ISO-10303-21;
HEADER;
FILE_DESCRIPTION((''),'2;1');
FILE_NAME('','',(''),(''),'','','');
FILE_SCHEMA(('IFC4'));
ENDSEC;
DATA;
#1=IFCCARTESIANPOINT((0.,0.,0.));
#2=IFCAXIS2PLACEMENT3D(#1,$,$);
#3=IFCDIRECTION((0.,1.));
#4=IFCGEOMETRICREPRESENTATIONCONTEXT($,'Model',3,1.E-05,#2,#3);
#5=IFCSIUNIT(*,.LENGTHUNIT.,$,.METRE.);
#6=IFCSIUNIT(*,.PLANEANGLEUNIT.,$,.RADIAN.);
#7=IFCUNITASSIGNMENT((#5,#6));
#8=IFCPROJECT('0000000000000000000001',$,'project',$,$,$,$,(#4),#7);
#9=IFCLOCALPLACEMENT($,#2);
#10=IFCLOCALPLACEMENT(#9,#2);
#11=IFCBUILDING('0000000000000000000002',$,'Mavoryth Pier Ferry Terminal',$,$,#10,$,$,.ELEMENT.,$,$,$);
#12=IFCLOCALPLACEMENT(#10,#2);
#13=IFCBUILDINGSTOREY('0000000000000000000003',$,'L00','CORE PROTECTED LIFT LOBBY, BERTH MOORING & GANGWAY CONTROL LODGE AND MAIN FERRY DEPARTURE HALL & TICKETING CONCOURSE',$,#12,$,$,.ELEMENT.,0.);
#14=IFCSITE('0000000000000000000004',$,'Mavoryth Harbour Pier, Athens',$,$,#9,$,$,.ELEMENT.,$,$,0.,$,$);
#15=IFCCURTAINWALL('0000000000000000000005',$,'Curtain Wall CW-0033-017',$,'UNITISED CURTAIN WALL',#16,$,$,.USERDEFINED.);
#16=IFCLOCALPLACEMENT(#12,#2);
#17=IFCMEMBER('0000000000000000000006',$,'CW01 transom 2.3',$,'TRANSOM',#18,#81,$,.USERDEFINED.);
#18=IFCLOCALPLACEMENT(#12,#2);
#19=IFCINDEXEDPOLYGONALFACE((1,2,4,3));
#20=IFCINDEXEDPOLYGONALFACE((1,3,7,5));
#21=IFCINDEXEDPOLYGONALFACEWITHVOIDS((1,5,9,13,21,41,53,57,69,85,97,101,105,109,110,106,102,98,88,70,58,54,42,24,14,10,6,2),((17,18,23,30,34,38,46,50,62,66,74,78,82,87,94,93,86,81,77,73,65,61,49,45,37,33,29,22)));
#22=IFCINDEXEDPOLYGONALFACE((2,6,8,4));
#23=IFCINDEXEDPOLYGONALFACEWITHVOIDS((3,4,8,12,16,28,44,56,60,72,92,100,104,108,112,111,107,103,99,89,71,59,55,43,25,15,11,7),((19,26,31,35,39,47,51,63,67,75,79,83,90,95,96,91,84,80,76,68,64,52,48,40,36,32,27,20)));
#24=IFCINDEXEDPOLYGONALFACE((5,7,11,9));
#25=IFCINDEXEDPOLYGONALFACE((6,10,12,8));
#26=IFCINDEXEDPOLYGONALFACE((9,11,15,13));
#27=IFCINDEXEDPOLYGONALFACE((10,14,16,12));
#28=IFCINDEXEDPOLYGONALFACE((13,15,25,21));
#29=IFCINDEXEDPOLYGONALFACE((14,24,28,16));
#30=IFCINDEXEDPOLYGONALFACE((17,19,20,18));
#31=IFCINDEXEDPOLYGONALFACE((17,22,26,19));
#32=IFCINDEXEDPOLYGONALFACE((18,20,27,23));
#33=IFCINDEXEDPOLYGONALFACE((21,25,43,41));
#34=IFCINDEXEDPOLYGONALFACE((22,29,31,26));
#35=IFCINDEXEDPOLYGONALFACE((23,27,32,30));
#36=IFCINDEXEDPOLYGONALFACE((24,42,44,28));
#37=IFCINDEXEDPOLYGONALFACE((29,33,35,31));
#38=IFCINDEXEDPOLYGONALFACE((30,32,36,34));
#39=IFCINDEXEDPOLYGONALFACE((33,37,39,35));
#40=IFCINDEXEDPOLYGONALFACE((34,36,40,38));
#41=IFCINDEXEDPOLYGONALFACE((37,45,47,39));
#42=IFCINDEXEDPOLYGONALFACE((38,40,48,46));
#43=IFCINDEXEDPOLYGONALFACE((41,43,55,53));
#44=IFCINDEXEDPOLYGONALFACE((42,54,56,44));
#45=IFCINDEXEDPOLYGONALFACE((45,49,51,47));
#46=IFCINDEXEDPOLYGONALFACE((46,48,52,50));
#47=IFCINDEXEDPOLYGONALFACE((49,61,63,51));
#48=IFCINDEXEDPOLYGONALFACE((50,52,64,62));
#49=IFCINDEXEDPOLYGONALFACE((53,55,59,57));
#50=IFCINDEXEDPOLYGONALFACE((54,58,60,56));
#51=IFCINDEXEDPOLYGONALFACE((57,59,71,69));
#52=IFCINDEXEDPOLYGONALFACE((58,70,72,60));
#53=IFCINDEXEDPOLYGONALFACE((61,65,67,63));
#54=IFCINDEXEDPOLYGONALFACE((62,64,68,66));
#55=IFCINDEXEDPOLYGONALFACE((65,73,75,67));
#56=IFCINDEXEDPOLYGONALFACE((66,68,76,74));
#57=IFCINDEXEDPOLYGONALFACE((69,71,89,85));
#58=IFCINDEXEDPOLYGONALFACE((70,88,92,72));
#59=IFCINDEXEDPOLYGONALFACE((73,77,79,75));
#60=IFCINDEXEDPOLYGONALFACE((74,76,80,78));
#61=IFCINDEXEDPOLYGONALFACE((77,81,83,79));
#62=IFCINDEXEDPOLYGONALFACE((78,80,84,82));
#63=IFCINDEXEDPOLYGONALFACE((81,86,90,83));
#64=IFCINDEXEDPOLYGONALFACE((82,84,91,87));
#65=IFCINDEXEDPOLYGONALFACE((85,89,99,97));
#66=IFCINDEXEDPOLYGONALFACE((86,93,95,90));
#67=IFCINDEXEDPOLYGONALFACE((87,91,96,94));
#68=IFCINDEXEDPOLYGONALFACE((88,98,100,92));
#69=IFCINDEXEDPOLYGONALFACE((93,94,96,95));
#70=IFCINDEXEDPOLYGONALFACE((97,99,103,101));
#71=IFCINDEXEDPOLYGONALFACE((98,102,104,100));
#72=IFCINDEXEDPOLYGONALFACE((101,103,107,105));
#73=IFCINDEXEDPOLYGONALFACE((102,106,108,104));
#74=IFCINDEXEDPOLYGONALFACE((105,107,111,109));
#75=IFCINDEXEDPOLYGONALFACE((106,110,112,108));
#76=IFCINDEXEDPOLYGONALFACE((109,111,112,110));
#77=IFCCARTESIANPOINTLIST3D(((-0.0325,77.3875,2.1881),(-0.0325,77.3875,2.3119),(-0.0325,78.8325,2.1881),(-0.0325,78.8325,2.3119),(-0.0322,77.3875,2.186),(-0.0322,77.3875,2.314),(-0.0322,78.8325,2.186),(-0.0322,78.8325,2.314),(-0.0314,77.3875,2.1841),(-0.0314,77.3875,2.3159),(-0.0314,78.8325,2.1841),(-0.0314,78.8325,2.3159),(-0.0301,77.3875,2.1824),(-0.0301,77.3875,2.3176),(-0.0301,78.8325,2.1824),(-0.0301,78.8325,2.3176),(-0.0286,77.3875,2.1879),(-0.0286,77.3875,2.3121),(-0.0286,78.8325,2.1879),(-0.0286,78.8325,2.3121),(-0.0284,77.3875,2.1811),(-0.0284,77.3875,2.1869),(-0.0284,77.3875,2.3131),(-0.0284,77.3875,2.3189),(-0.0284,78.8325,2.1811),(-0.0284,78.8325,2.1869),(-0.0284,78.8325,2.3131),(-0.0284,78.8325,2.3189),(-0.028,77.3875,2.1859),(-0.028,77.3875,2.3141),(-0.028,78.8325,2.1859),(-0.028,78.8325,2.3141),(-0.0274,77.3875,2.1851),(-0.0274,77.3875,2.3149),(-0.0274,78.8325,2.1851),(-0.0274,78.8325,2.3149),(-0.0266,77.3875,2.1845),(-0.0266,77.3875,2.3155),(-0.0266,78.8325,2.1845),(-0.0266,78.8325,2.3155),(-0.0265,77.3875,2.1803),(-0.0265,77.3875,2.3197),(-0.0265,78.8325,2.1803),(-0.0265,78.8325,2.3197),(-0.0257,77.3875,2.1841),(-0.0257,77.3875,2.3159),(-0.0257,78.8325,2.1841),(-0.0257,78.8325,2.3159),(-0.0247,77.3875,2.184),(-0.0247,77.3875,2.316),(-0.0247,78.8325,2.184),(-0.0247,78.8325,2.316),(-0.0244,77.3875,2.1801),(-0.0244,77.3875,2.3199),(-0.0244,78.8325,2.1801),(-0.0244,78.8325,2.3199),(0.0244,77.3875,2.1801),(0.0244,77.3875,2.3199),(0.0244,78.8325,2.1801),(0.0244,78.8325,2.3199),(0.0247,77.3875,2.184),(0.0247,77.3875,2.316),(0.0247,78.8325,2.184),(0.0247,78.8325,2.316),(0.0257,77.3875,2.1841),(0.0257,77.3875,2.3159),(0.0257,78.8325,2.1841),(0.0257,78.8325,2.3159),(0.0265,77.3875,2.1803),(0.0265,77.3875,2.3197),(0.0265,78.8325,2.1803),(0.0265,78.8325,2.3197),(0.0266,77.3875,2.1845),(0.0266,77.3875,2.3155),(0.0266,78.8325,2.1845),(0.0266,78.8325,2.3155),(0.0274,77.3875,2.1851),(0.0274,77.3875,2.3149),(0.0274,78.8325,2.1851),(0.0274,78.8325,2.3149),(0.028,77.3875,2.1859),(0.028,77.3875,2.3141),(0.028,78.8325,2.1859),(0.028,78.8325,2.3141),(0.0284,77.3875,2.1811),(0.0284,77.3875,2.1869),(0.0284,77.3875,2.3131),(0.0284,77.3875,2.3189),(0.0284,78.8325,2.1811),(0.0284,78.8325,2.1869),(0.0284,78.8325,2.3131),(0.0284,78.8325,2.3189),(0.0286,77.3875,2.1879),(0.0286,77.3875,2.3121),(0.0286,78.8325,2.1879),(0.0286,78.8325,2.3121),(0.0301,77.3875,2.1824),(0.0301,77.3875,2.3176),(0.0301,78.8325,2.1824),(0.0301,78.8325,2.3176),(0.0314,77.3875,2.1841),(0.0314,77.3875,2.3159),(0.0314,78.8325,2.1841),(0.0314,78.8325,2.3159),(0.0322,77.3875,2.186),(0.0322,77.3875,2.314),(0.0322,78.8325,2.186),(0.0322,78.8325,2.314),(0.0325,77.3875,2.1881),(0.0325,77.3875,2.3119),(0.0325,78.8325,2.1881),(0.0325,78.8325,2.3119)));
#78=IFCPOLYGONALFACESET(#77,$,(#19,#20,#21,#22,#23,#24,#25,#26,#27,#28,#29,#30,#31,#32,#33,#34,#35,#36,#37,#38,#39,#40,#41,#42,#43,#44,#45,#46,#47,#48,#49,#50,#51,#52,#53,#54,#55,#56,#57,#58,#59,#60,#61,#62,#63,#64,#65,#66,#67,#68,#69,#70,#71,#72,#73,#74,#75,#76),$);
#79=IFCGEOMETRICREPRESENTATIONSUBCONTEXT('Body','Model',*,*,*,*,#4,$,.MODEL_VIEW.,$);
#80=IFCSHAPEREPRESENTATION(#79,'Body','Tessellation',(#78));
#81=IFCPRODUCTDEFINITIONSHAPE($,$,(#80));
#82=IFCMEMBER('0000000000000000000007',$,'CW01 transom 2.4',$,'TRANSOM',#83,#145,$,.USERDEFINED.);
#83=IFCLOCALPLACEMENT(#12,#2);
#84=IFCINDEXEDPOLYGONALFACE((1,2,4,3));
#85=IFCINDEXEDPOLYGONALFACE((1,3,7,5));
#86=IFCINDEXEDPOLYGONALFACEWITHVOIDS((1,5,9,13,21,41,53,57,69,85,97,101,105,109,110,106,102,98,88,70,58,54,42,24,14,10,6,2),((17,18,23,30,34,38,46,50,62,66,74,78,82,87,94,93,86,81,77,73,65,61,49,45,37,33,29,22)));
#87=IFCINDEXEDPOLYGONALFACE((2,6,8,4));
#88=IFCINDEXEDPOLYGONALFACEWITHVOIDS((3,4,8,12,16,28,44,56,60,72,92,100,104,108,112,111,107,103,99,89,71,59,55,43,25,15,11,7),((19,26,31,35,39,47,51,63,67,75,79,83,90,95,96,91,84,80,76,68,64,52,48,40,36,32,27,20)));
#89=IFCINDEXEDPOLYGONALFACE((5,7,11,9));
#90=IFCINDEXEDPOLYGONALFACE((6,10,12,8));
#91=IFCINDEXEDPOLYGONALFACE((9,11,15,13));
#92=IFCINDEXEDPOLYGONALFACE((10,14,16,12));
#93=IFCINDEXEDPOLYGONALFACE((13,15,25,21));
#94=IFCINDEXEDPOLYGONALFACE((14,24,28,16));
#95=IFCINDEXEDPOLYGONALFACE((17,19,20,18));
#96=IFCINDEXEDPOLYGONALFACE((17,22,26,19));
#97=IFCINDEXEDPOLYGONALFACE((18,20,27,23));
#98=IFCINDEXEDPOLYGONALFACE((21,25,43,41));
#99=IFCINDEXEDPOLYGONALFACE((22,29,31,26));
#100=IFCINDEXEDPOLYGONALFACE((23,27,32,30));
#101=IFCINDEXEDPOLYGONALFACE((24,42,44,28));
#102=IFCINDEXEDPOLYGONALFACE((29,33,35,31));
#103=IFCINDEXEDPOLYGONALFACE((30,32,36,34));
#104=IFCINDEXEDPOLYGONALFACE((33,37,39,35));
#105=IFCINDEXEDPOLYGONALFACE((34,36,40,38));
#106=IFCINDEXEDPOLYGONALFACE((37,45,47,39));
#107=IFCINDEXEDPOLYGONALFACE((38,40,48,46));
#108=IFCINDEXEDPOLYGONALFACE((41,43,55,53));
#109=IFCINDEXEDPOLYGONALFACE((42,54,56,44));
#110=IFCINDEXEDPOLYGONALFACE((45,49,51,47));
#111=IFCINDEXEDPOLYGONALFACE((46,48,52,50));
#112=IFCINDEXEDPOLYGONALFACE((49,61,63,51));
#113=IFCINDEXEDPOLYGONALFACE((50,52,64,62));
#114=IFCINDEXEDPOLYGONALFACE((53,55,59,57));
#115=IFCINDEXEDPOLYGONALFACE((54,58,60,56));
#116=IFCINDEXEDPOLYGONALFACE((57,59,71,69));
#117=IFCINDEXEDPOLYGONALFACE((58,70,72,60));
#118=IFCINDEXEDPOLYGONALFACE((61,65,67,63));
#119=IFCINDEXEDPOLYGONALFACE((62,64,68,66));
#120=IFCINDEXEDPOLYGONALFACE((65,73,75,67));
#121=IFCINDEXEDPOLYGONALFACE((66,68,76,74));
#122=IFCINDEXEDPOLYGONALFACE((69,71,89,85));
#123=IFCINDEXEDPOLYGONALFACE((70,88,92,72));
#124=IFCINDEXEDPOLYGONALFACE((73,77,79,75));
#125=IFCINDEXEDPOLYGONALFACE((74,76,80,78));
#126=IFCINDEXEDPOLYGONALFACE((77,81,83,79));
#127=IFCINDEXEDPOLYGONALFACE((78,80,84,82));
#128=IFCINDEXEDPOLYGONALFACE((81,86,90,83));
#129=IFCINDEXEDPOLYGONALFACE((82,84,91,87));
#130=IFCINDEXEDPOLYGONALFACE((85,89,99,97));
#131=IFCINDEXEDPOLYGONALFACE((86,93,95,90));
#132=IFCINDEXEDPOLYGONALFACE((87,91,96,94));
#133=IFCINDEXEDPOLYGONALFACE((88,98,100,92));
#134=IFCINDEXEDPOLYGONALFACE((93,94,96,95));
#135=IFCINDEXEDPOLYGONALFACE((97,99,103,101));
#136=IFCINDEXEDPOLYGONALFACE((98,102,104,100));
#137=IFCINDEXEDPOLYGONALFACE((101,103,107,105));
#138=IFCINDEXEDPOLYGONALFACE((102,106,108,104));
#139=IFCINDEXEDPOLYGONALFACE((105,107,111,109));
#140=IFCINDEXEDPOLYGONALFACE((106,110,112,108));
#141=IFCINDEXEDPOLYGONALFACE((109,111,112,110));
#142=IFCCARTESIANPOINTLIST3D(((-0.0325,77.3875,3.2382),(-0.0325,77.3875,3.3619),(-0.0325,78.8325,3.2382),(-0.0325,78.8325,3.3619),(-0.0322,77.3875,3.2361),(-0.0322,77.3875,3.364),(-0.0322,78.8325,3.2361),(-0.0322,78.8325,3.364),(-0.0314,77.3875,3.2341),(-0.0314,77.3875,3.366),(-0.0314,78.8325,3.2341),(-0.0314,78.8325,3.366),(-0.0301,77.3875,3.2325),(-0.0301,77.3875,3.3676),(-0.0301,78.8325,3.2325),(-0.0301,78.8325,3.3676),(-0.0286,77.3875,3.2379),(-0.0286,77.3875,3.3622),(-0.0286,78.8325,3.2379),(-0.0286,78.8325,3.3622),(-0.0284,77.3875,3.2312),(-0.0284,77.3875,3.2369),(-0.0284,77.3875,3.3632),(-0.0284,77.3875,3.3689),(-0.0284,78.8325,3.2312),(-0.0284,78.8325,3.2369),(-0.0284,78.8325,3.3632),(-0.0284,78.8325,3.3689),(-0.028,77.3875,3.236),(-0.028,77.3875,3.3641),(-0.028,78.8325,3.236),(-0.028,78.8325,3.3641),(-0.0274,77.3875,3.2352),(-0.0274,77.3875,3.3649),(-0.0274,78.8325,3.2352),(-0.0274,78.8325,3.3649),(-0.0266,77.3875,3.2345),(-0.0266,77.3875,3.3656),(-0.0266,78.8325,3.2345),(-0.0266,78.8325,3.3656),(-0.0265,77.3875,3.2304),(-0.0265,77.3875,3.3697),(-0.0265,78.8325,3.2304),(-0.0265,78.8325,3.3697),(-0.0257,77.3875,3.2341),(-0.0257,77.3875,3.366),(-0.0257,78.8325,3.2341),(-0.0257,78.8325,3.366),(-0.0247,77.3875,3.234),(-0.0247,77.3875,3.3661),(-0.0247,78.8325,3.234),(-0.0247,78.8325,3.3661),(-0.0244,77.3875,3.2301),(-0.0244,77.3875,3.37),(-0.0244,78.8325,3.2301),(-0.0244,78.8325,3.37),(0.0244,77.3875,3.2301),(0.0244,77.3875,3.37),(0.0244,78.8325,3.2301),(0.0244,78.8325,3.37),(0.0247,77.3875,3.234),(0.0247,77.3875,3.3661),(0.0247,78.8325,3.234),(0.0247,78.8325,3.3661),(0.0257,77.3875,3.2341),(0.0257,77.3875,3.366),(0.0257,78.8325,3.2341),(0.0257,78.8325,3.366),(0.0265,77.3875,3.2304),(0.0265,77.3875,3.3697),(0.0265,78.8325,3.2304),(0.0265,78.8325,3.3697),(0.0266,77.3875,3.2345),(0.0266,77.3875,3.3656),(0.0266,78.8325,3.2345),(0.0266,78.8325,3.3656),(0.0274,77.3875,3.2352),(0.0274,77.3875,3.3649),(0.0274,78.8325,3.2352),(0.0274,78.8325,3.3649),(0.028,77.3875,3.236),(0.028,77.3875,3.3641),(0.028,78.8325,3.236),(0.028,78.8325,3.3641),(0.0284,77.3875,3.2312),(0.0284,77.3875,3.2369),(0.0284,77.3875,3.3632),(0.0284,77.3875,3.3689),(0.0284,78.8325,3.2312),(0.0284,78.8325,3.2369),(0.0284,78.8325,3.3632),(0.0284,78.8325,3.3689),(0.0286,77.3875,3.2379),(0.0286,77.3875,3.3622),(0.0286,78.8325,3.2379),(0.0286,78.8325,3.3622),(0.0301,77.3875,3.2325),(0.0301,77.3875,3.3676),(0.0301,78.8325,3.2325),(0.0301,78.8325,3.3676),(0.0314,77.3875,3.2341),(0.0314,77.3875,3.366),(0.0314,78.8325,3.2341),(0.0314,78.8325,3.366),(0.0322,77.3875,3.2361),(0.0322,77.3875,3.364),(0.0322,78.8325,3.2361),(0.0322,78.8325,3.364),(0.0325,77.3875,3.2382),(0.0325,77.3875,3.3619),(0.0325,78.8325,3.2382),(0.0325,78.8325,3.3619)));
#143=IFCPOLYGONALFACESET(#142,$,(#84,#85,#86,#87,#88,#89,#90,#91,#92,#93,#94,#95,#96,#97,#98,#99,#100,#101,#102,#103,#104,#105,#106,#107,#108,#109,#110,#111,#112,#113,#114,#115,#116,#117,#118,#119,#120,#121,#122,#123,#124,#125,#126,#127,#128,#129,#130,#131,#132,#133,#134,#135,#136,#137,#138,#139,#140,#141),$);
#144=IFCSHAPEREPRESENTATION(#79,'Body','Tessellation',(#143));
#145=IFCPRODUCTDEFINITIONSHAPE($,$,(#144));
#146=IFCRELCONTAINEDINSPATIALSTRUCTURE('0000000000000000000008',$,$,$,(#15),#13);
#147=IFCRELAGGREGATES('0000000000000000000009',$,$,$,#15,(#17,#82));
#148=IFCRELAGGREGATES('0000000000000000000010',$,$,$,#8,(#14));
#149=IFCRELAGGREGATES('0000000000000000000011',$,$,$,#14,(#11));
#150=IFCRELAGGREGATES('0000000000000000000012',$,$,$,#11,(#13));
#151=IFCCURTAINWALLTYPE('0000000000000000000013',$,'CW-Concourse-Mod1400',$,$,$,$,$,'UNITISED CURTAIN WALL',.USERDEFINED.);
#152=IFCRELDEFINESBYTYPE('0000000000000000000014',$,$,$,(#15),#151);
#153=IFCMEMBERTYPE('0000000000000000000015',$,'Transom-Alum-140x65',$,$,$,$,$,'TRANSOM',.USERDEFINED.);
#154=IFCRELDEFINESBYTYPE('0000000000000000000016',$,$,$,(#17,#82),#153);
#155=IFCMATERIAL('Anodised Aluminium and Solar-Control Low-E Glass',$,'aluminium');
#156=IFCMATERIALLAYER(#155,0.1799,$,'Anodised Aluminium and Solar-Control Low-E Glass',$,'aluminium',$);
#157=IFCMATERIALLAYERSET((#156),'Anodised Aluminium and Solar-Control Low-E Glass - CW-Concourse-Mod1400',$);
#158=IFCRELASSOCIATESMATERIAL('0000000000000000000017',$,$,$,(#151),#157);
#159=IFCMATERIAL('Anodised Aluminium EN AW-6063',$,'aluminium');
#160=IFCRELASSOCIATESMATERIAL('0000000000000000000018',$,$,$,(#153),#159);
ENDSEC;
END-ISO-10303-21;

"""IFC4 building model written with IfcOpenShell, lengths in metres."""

from ifc_helpers import new_model, si_unit, direction, frame, origin, origin_2d, place, context, subcontext, project, spatial, hollow_rectangle, extrude, material, layer, layer_set, material_profile, profile_set, type_object, element, aggregate, save


model = new_model("IFC4")

# Units and contexts
model_context = context("Model", 3, precision=1e-05, world=origin(), true_north=direction((0.0, 1.0)))
body_context = subcontext(model_context, "Body", "Model", "MODEL_VIEW")
ifc_project = project(units=[si_unit("LENGTHUNIT", "METRE"), si_unit("PLANEANGLEUNIT", "RADIAN")], contexts=[model_context])

# Site, building, storey
site_placement = place(None, origin())
site = spatial("IfcSite", under=ifc_project, at=site_placement, Name="Mavoryth Harbour Pier, Athens", CompositionType="ELEMENT", RefElevation=0.0)
building_placement = place(site_placement, origin())
building = spatial("IfcBuilding", under=site, at=building_placement, Name="Mavoryth Pier Ferry Terminal", CompositionType="ELEMENT")
storey_placement = place(building_placement, origin())
storey = spatial("IfcBuildingStorey", under=building, at=storey_placement, Name="L00", Description="CORE PROTECTED LIFT LOBBY, BERTH MOORING & GANGWAY CONTROL LODGE AND MAIN FERRY DEPARTURE HALL & TICKETING CONCOURSE", CompositionType="ELEMENT", Elevation=0.0)

# Curtain wall, members
ifc_material_1 = material(Name="Anodised Aluminium and Solar-Control Low-E Glass", Category="aluminium")
ifc_layer_1 = layer(ifc_material_1, 0.1799, Name="Anodised Aluminium and Solar-Control Low-E Glass", Category="aluminium")
ifc_layer_set_1 = layer_set([ifc_layer_1], Name="Anodised Aluminium and Solar-Control Low-E Glass - CW-Concourse-Mod1400")
curtain_wall_type = type_object("IfcCurtainWallType", Name="CW-Concourse-Mod1400", ElementType="UNITISED CURTAIN WALL", PredefinedType="USERDEFINED", material=ifc_layer_set_1)
curtain_wall_placement = place(storey_placement, origin())
curtain_wall = element("IfcCurtainWall", 1, at=curtain_wall_placement, inside=storey, type_object=curtain_wall_type, Name="Curtain Wall CW-0033-017", ObjectType="UNITISED CURTAIN WALL", PredefinedType="USERDEFINED")
ifc_material_2 = material(Name="Anodised Aluminium EN AW-6063", Category="aluminium")
ifc_material_profile_1 = material_profile(ifc_material_2, hollow_rectangle(XDim=0.0649, YDim=0.1399, WallThickness=0.0039, InnerFilletRadius=0.0039, OuterFilletRadius=0.0081, at=origin_2d()), Name="AL-TRAN 140x65x4", Category="aluminium")
ifc_profile_set_1 = profile_set([ifc_material_profile_1], Name="Anodised Aluminium EN AW-6063 - AL-TRAN 140x65x4")
member_type_1 = type_object("IfcMemberType", Name="Transom-Alum-140x65", ElementType="TRANSOM", PredefinedType="USERDEFINED", material=ifc_profile_set_1)
member_1_placement = place(storey_placement, frame((0.0, 78.8325, 2.25), z_axis=(0.0, -1.0, 0.0), x_axis=(1.0, 0.0, 0.0)))
member_1 = element("IfcMember", 2, at=member_1_placement, type_object=member_type_1, Name="CW01 transom 2.3", ObjectType="TRANSOM", PredefinedType="USERDEFINED", context=body_context, shape_type="SweptSolid", body=[
    extrude(hollow_rectangle(XDim=0.0649, YDim=0.1399, WallThickness=0.0039, InnerFilletRadius=0.0039, OuterFilletRadius=0.0081, at=origin_2d()), origin(), (0.0, 0.0, 1.0), 1.4451),
])
member_2_placement = place(storey_placement, frame((0.0, 78.8325, 3.3), z_axis=(0.0, -1.0, 0.0), x_axis=(1.0, 0.0, 0.0)))
member_2 = element("IfcMember", 3, at=member_2_placement, type_object=member_type_1, Name="CW01 transom 2.4", ObjectType="TRANSOM", PredefinedType="USERDEFINED", context=body_context, shape_type="SweptSolid", body=[
    extrude(hollow_rectangle(XDim=0.0649, YDim=0.1399, WallThickness=0.0039, InnerFilletRadius=0.0039, OuterFilletRadius=0.0081, at=origin_2d()), origin(), (0.0, 0.0, 1.0), 1.4451),
])
aggregate(curtain_wall, [member_1, member_2])

save(model, "model.ifc")
